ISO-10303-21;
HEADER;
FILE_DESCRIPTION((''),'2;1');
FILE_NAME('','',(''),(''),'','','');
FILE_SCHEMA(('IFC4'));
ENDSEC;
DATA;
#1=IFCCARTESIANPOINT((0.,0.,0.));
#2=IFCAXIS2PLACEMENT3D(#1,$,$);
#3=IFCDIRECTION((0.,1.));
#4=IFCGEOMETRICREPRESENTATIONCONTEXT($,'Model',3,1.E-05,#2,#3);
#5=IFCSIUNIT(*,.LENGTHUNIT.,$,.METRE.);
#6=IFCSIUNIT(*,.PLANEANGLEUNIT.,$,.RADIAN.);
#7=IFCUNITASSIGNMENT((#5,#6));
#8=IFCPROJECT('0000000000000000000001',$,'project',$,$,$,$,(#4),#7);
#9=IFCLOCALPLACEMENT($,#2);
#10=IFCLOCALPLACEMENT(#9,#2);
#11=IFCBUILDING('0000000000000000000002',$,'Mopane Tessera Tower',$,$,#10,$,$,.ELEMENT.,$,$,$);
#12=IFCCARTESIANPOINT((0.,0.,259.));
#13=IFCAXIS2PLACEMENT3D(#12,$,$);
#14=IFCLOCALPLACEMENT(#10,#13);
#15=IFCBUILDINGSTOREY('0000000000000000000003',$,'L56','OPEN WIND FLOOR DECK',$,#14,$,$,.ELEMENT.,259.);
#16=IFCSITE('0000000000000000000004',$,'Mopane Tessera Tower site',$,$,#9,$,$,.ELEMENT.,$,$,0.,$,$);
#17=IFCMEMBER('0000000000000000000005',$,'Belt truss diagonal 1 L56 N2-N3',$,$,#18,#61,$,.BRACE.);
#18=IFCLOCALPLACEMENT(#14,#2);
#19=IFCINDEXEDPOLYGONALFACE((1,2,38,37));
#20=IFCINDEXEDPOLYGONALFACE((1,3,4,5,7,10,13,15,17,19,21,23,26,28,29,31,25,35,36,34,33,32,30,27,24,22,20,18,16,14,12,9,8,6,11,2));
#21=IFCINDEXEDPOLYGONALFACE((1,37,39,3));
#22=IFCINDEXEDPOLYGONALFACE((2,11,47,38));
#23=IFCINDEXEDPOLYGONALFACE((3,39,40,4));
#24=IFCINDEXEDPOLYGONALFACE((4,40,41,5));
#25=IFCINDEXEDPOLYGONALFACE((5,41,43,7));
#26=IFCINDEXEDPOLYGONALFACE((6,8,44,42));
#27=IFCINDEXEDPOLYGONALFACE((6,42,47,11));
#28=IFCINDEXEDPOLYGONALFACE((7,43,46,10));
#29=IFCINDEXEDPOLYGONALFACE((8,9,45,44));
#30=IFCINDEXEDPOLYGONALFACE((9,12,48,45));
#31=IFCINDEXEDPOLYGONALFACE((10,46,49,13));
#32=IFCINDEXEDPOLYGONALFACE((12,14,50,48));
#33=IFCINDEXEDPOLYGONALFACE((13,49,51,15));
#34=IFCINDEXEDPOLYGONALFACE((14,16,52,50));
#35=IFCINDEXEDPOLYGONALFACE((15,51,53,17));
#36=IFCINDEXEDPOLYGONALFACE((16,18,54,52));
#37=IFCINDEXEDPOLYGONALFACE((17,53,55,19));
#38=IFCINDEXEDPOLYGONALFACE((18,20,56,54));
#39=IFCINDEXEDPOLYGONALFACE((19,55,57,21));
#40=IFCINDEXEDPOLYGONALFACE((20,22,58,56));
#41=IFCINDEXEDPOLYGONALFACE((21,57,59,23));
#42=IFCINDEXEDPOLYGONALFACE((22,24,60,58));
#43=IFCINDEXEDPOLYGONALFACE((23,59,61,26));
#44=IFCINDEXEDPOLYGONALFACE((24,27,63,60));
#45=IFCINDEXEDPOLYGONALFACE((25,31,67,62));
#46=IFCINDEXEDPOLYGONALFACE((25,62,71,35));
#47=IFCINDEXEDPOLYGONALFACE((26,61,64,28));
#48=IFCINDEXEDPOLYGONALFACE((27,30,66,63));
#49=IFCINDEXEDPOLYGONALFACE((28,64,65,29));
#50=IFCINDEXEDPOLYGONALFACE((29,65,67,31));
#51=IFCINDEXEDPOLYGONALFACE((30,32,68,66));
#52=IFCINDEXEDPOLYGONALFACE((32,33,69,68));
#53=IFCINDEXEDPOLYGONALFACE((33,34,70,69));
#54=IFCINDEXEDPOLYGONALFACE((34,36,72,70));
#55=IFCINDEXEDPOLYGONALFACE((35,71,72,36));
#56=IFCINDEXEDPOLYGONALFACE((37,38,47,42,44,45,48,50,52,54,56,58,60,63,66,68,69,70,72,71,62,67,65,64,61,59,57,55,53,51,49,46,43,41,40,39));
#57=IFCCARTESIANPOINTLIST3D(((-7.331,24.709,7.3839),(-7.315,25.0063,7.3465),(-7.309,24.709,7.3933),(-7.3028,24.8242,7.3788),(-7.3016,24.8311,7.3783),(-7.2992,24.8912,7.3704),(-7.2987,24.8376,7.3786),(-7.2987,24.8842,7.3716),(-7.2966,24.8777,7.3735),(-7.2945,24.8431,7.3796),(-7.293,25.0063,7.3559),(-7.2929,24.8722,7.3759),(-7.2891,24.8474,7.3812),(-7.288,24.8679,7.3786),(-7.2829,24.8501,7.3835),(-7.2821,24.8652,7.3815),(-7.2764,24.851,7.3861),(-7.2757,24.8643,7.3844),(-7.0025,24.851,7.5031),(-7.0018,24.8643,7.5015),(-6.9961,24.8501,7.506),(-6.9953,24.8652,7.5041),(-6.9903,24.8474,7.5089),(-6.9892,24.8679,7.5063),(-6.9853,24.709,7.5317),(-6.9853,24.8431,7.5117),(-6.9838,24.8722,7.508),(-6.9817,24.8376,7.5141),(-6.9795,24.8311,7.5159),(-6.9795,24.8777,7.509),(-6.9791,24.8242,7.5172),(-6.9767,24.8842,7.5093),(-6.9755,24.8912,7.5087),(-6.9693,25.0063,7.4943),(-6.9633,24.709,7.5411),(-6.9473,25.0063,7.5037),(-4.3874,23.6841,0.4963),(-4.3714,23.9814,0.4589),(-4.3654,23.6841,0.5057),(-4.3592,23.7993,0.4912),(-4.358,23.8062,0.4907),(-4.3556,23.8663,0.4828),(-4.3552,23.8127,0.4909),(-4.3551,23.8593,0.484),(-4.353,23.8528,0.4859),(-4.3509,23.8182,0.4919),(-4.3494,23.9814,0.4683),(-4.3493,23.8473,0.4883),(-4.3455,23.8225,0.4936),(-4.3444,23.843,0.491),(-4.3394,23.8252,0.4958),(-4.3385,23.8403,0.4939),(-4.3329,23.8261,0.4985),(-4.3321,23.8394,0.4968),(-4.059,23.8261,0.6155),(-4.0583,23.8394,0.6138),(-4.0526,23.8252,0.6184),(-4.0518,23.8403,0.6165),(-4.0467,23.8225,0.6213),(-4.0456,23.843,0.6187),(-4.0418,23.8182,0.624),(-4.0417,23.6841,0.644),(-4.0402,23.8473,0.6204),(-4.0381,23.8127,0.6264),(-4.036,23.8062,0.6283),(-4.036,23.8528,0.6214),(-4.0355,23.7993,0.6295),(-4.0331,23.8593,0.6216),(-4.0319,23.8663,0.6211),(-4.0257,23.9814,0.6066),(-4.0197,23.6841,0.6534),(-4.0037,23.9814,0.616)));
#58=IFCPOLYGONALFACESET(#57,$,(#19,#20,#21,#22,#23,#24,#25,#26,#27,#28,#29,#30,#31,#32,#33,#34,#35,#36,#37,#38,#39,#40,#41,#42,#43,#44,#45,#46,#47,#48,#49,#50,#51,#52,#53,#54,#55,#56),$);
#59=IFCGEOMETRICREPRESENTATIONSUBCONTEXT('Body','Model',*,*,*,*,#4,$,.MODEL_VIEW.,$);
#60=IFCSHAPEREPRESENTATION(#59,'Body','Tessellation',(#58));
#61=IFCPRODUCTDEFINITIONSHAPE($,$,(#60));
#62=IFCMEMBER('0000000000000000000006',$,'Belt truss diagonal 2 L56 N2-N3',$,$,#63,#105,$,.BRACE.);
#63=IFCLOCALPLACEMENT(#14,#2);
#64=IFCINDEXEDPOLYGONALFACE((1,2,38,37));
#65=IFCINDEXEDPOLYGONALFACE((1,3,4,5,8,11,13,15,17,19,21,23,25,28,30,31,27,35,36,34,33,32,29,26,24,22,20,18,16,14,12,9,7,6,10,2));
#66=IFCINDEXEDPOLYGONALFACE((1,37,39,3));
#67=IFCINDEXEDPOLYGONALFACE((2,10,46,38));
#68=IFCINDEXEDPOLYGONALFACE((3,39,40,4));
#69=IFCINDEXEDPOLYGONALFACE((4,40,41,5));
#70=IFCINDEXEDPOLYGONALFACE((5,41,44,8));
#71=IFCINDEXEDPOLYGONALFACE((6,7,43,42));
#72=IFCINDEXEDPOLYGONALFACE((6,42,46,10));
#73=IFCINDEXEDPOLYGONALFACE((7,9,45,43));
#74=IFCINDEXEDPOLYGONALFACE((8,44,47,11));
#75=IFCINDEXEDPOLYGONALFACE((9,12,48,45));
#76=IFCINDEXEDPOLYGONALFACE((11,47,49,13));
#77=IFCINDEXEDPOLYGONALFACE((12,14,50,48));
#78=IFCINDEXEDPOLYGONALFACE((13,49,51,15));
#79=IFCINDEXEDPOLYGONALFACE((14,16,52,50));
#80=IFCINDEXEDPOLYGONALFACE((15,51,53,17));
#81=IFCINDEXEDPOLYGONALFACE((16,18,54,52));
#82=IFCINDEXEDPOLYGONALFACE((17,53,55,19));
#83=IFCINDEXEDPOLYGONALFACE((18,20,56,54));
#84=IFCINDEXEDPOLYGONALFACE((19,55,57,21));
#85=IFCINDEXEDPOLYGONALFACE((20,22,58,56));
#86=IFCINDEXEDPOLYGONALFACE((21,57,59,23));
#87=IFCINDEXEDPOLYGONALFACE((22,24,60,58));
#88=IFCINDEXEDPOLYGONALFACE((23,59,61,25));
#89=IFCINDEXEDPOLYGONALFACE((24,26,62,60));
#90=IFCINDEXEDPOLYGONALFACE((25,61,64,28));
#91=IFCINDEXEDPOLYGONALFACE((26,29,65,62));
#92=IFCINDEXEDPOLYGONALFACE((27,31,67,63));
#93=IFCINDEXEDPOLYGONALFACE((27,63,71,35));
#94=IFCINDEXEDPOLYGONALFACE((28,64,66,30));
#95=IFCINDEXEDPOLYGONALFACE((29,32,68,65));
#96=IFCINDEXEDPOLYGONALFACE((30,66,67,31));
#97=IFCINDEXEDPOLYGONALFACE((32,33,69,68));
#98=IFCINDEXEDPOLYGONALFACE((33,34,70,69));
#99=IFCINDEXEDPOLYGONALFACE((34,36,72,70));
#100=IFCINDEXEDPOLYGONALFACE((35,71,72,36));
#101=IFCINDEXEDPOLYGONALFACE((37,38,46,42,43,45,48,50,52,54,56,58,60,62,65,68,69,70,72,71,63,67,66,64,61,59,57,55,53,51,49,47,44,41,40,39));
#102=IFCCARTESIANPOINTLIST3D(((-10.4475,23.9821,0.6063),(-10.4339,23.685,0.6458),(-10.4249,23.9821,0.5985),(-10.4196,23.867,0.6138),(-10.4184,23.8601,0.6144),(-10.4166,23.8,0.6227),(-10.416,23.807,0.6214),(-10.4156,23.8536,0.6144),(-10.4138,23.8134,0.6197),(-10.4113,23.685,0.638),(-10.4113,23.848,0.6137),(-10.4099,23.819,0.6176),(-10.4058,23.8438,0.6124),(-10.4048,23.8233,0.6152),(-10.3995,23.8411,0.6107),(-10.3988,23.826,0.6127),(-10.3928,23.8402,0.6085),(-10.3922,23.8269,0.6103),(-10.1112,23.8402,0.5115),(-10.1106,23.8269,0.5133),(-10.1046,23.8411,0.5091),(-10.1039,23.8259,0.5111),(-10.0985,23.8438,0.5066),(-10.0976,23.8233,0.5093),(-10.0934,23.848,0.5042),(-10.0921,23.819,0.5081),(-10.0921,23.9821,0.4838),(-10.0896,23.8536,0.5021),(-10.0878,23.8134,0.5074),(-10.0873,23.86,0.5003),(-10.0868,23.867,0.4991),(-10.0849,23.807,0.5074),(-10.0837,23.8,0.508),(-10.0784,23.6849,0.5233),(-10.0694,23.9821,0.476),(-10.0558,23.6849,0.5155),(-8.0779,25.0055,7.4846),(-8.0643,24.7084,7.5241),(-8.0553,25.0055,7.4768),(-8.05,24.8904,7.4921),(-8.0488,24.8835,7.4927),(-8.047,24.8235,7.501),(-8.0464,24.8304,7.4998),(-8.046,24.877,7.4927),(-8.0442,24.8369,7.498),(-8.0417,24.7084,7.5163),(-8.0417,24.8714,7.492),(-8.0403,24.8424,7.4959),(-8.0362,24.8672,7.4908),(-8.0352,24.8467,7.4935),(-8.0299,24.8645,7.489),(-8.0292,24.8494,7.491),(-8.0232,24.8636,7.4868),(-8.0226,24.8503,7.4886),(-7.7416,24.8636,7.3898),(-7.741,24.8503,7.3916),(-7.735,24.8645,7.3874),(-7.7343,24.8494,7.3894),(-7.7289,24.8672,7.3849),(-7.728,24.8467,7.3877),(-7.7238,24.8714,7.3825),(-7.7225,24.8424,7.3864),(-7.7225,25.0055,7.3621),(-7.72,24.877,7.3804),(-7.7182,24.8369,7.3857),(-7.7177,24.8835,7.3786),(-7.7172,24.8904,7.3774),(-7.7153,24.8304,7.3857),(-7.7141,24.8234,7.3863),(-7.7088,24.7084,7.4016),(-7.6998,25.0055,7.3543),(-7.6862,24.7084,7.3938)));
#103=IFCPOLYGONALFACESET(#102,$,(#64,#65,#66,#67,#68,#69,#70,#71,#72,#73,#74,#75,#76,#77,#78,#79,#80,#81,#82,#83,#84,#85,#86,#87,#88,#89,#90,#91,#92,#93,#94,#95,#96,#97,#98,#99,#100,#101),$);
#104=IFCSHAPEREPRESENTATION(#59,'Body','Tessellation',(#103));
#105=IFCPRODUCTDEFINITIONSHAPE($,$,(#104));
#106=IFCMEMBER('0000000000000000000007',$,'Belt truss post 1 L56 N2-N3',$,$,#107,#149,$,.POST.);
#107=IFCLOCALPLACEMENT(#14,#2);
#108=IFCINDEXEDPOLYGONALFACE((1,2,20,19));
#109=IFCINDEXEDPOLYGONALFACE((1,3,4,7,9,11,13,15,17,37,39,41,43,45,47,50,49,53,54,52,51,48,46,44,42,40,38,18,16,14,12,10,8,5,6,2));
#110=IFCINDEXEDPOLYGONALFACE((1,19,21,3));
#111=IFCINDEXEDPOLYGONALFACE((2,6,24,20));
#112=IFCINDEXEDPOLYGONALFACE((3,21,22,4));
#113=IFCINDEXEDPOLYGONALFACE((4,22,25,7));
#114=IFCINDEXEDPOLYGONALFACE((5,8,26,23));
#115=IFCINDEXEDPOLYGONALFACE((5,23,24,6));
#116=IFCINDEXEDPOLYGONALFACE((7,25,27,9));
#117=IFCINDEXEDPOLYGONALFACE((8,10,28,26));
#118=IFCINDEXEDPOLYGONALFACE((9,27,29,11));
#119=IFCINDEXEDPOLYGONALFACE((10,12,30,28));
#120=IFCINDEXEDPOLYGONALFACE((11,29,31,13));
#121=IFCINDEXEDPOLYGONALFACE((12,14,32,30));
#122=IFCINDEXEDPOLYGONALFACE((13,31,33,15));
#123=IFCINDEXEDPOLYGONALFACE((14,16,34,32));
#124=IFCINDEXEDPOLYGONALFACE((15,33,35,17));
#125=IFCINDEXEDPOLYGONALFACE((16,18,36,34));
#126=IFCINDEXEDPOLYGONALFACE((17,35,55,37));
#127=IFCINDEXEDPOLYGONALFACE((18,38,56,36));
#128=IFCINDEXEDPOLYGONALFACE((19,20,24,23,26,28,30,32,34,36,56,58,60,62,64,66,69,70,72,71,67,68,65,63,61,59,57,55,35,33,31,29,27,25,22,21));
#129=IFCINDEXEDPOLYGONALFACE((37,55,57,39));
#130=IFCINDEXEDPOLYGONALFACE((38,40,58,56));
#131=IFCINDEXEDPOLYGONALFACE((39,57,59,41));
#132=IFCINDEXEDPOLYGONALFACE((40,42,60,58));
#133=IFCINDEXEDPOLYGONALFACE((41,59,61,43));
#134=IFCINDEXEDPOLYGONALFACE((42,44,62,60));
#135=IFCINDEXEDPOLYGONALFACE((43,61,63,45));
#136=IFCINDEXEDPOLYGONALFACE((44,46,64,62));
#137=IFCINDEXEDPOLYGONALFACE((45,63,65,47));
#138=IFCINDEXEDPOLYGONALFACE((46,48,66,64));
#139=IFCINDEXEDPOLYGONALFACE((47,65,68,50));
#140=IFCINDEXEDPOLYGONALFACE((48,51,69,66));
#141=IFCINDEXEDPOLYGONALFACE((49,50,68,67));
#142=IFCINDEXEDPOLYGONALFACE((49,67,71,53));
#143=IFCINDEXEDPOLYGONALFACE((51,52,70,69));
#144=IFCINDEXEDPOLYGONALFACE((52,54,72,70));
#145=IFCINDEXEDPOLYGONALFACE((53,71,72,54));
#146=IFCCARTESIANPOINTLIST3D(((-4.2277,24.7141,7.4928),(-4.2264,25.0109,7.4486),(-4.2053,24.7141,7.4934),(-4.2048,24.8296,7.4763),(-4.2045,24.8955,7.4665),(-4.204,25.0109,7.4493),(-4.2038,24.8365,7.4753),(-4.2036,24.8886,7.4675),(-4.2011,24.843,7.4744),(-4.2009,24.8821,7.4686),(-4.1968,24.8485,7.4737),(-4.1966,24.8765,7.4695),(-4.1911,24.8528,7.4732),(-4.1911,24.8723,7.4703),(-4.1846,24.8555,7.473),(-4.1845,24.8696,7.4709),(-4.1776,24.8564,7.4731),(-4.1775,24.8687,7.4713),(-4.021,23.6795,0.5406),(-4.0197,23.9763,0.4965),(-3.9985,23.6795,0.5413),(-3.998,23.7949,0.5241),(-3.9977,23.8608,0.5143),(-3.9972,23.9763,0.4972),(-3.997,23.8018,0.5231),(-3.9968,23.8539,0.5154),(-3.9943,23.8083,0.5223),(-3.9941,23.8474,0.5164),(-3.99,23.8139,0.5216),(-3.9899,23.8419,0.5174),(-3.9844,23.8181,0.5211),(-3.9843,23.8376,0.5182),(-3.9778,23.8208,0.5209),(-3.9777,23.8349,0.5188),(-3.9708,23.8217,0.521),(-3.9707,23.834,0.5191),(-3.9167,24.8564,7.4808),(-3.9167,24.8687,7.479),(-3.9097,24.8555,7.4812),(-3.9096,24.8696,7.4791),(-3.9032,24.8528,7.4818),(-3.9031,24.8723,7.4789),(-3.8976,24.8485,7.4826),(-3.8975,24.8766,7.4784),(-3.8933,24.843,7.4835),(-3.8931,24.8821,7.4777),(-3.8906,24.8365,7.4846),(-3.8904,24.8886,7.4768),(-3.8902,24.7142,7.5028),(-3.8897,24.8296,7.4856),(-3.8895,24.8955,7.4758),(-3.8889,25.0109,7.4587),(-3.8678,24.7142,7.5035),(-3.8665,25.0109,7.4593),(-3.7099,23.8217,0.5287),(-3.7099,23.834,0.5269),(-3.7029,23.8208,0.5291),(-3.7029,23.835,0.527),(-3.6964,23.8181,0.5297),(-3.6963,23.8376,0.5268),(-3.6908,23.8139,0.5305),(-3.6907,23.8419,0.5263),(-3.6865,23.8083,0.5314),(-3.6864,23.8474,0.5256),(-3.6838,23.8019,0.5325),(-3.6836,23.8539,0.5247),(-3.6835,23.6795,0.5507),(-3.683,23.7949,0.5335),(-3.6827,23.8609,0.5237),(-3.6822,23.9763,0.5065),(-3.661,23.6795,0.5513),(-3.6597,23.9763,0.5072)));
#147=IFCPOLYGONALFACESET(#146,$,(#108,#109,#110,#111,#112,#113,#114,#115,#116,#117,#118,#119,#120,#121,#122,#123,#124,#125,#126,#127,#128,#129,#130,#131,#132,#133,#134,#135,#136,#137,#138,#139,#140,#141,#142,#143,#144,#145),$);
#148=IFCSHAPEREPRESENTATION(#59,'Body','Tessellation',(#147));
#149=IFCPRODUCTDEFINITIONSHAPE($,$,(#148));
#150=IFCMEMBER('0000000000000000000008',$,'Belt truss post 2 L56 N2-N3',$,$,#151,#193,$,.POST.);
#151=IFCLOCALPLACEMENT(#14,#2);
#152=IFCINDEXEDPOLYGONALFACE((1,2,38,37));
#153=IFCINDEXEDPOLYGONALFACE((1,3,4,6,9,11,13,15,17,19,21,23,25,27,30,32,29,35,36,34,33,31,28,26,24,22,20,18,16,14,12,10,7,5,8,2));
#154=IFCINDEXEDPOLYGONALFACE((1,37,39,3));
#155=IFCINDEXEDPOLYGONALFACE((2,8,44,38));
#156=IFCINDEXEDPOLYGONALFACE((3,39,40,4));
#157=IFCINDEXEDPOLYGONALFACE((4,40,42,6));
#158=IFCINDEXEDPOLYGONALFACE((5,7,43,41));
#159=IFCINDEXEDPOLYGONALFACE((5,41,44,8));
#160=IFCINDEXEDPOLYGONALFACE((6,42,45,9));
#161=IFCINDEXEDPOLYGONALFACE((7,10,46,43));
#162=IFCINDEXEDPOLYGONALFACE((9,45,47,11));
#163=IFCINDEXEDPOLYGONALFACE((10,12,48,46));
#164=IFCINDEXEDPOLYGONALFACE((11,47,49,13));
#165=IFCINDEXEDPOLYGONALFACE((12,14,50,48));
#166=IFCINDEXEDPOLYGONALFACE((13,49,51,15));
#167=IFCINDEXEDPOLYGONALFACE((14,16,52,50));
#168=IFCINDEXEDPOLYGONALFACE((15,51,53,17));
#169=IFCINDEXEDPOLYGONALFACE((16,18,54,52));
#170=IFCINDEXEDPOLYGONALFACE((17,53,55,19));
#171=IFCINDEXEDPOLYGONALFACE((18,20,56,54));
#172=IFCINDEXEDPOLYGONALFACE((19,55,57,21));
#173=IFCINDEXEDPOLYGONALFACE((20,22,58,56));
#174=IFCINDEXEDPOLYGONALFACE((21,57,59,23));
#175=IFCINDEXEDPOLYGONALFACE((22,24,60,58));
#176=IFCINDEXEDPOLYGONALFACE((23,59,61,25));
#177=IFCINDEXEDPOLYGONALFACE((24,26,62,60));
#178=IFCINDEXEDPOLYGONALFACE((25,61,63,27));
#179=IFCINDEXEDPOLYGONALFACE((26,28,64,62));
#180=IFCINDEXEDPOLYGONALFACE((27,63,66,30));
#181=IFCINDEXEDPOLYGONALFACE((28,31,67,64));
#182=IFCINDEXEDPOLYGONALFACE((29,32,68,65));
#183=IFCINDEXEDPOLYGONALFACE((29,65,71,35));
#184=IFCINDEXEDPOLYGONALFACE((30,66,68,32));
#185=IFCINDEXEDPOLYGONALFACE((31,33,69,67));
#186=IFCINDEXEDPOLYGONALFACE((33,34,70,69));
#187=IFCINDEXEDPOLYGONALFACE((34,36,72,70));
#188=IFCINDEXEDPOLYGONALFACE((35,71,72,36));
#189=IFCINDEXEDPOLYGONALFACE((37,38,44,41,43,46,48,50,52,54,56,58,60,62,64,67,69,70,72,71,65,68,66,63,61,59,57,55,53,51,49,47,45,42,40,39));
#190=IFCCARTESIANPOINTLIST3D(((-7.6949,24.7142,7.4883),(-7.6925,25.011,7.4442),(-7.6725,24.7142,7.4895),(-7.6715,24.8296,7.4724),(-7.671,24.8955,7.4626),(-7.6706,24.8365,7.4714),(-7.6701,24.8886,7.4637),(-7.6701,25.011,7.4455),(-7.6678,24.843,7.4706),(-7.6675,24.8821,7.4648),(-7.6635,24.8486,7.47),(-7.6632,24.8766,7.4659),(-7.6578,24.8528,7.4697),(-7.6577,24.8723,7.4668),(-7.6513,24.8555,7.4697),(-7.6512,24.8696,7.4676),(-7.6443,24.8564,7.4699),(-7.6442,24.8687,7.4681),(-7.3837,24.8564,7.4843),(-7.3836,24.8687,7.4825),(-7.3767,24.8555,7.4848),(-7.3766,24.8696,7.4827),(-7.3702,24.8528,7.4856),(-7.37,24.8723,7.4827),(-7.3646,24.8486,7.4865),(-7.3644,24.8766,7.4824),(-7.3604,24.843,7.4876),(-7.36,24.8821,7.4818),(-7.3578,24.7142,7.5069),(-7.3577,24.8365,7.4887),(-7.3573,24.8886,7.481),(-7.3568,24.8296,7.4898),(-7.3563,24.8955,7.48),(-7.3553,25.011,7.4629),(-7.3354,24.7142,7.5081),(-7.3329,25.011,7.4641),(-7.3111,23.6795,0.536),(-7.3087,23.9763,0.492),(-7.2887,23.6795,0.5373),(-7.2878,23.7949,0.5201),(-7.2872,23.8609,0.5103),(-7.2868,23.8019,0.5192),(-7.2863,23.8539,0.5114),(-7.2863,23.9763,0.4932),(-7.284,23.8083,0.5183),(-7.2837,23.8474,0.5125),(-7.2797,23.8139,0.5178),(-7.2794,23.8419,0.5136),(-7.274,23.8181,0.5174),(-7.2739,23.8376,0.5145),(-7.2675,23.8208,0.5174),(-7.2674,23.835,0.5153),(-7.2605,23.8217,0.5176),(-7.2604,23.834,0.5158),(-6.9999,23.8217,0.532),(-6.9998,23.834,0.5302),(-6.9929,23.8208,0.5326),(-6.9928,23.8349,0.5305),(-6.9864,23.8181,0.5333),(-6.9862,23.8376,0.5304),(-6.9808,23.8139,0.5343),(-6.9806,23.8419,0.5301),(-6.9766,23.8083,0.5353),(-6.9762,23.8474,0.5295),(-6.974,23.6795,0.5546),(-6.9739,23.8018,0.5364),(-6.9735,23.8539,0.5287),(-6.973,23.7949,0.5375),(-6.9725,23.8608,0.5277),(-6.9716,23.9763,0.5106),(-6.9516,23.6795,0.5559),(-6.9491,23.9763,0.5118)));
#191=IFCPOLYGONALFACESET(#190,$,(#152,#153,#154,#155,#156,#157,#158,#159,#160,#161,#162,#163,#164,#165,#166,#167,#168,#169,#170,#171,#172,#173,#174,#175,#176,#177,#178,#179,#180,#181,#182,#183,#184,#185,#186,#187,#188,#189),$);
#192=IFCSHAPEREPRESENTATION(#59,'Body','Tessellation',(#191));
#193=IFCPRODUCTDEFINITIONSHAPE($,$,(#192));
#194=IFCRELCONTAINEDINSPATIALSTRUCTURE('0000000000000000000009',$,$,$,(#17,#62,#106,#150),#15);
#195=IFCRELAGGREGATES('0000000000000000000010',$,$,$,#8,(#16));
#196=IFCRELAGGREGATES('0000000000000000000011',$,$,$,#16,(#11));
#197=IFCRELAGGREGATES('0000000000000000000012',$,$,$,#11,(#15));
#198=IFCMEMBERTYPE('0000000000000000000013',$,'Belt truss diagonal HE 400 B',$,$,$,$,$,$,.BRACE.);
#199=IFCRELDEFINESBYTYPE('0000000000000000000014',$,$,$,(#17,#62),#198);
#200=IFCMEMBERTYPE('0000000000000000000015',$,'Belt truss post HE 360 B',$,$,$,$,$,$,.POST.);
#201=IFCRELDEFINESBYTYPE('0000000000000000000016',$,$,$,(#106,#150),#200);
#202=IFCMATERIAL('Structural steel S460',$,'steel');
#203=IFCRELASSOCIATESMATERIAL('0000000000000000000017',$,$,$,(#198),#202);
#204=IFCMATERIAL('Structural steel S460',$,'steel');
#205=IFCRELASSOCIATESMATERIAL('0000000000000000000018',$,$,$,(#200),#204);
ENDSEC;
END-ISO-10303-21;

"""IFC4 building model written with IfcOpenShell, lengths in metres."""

from ifc_helpers import new_model, si_unit, direction, frame, origin, origin_2d, place, context, subcontext, project, spatial, i_section, extrude, material, material_profile, profile_set, type_object, element, save


model = new_model("IFC4")

# Units and contexts
model_context = context("Model", 3, precision=1e-05, world=origin(), true_north=direction((0.0, 1.0)))
body_context = subcontext(model_context, "Body", "Model", "MODEL_VIEW")
ifc_project = project(units=[si_unit("LENGTHUNIT", "METRE"), si_unit("PLANEANGLEUNIT", "RADIAN")], contexts=[model_context])

# Site, building, storey
site_placement = place(None, origin())
site = spatial("IfcSite", under=ifc_project, at=site_placement, Name="Mopane Tessera Tower site", CompositionType="ELEMENT", RefElevation=0.0)
building_placement = place(site_placement, origin())
building = spatial("IfcBuilding", under=site, at=building_placement, Name="Mopane Tessera Tower", CompositionType="ELEMENT")
storey_placement = place(building_placement, frame((0.0, 0.0, 259.0)))
storey = spatial("IfcBuildingStorey", under=building, at=storey_placement, Name="L56", Description="OPEN WIND FLOOR DECK", CompositionType="ELEMENT", Elevation=259.0)

# Members
ifc_material_1 = material(Name="Structural steel S460", Category="steel")
ifc_material_profile_1 = material_profile(ifc_material_1, i_section(OverallWidth=0.3, OverallDepth=0.3999, WebThickness=0.0134, FlangeThickness=0.0239, FilletRadius=0.0271, at=origin_2d()))
ifc_profile_set_1 = profile_set([ifc_material_profile_1], Name="Structural steel S460")
member_type_1 = type_object("IfcMemberType", Name="Belt truss diagonal HE 400 B", PredefinedType="BRACE", material=ifc_profile_set_1)
member_1_placement = place(storey_placement, frame((-4.1956, 23.8328, 0.5562), z_axis=(-0.389359, 0.135567, 0.911055), x_axis=(-0.053271, -0.990768, 0.124662)))
element("IfcMember", 1, at=member_1_placement, inside=storey, type_object=member_type_1, Name="Belt truss diagonal 1 L56 N2-N3", PredefinedType="BRACE", context=body_context, shape_type="SweptSolid", body=[
    extrude(i_section(OverallWidth=0.3, OverallDepth=0.3999, WebThickness=0.0134, FlangeThickness=0.0239, FilletRadius=0.0271, at=origin_2d()), origin(), (0.0, 0.0, 1.0), 7.5601),
])
member_2_placement = place(storey_placement, frame((-7.8821, 24.8569, 7.4392), z_axis=(-0.32254, -0.139304, -0.936249), x_axis=(0.045353, -0.99025, 0.131715)))
element("IfcMember", 2, at=member_2_placement, inside=storey, type_object=member_type_1, Name="Belt truss diagonal 2 L56 N2-N3", PredefinedType="BRACE", context=body_context, shape_type="SweptSolid", body=[
    extrude(i_section(OverallWidth=0.3, OverallDepth=0.3999, WebThickness=0.0134, FlangeThickness=0.0239, FilletRadius=0.0271, at=origin_2d()), origin(), (0.0, 0.0, 1.0), 7.3467),
])
ifc_material_2 = material(Name="Structural steel S460", Category="steel")
ifc_material_profile_2 = material_profile(ifc_material_2, i_section(OverallWidth=0.3, OverallDepth=0.3601, WebThickness=0.0125, FlangeThickness=0.0225, FilletRadius=0.0271, at=origin_2d()))
ifc_profile_set_2 = profile_set([ifc_material_profile_2], Name="Structural steel S460")
member_type_2 = type_object("IfcMemberType", Name="Belt truss post HE 360 B", PredefinedType="POST", material=ifc_profile_set_2)
member_3_placement = place(storey_placement, frame((-3.8403, 23.8279, 0.5239), z_axis=(-0.029408, 0.147142, 0.988678), x_axis=(-0.004329, -0.989115, 0.147078)))
element("IfcMember", 3, at=member_3_placement, inside=storey, type_object=member_type_2, Name="Belt truss post 1 L56 N2-N3", PredefinedType="POST", context=body_context, shape_type="SweptSolid", body=[
    extrude(i_section(OverallWidth=0.3, OverallDepth=0.3601, WebThickness=0.0125, FlangeThickness=0.0225, FilletRadius=0.0271, at=origin_2d()), origin(), (0.0, 0.0, 1.0), 7.0317),
])
member_4_placement = place(storey_placement, frame((-7.1301, 23.8279, 0.5239), z_axis=(-0.054522, 0.146987, 0.987635), x_axis=(-0.008143, -0.989138, 0.146761)))
element("IfcMember", 4, at=member_4_placement, inside=storey, type_object=member_type_2, Name="Belt truss post 2 L56 N2-N3", PredefinedType="POST", context=body_context, shape_type="SweptSolid", body=[
    extrude(i_section(OverallWidth=0.3, OverallDepth=0.3601, WebThickness=0.0125, FlangeThickness=0.0225, FilletRadius=0.0271, at=origin_2d()), origin(), (0.0, 0.0, 1.0), 7.0393),
])

save(model, "model.ifc")
